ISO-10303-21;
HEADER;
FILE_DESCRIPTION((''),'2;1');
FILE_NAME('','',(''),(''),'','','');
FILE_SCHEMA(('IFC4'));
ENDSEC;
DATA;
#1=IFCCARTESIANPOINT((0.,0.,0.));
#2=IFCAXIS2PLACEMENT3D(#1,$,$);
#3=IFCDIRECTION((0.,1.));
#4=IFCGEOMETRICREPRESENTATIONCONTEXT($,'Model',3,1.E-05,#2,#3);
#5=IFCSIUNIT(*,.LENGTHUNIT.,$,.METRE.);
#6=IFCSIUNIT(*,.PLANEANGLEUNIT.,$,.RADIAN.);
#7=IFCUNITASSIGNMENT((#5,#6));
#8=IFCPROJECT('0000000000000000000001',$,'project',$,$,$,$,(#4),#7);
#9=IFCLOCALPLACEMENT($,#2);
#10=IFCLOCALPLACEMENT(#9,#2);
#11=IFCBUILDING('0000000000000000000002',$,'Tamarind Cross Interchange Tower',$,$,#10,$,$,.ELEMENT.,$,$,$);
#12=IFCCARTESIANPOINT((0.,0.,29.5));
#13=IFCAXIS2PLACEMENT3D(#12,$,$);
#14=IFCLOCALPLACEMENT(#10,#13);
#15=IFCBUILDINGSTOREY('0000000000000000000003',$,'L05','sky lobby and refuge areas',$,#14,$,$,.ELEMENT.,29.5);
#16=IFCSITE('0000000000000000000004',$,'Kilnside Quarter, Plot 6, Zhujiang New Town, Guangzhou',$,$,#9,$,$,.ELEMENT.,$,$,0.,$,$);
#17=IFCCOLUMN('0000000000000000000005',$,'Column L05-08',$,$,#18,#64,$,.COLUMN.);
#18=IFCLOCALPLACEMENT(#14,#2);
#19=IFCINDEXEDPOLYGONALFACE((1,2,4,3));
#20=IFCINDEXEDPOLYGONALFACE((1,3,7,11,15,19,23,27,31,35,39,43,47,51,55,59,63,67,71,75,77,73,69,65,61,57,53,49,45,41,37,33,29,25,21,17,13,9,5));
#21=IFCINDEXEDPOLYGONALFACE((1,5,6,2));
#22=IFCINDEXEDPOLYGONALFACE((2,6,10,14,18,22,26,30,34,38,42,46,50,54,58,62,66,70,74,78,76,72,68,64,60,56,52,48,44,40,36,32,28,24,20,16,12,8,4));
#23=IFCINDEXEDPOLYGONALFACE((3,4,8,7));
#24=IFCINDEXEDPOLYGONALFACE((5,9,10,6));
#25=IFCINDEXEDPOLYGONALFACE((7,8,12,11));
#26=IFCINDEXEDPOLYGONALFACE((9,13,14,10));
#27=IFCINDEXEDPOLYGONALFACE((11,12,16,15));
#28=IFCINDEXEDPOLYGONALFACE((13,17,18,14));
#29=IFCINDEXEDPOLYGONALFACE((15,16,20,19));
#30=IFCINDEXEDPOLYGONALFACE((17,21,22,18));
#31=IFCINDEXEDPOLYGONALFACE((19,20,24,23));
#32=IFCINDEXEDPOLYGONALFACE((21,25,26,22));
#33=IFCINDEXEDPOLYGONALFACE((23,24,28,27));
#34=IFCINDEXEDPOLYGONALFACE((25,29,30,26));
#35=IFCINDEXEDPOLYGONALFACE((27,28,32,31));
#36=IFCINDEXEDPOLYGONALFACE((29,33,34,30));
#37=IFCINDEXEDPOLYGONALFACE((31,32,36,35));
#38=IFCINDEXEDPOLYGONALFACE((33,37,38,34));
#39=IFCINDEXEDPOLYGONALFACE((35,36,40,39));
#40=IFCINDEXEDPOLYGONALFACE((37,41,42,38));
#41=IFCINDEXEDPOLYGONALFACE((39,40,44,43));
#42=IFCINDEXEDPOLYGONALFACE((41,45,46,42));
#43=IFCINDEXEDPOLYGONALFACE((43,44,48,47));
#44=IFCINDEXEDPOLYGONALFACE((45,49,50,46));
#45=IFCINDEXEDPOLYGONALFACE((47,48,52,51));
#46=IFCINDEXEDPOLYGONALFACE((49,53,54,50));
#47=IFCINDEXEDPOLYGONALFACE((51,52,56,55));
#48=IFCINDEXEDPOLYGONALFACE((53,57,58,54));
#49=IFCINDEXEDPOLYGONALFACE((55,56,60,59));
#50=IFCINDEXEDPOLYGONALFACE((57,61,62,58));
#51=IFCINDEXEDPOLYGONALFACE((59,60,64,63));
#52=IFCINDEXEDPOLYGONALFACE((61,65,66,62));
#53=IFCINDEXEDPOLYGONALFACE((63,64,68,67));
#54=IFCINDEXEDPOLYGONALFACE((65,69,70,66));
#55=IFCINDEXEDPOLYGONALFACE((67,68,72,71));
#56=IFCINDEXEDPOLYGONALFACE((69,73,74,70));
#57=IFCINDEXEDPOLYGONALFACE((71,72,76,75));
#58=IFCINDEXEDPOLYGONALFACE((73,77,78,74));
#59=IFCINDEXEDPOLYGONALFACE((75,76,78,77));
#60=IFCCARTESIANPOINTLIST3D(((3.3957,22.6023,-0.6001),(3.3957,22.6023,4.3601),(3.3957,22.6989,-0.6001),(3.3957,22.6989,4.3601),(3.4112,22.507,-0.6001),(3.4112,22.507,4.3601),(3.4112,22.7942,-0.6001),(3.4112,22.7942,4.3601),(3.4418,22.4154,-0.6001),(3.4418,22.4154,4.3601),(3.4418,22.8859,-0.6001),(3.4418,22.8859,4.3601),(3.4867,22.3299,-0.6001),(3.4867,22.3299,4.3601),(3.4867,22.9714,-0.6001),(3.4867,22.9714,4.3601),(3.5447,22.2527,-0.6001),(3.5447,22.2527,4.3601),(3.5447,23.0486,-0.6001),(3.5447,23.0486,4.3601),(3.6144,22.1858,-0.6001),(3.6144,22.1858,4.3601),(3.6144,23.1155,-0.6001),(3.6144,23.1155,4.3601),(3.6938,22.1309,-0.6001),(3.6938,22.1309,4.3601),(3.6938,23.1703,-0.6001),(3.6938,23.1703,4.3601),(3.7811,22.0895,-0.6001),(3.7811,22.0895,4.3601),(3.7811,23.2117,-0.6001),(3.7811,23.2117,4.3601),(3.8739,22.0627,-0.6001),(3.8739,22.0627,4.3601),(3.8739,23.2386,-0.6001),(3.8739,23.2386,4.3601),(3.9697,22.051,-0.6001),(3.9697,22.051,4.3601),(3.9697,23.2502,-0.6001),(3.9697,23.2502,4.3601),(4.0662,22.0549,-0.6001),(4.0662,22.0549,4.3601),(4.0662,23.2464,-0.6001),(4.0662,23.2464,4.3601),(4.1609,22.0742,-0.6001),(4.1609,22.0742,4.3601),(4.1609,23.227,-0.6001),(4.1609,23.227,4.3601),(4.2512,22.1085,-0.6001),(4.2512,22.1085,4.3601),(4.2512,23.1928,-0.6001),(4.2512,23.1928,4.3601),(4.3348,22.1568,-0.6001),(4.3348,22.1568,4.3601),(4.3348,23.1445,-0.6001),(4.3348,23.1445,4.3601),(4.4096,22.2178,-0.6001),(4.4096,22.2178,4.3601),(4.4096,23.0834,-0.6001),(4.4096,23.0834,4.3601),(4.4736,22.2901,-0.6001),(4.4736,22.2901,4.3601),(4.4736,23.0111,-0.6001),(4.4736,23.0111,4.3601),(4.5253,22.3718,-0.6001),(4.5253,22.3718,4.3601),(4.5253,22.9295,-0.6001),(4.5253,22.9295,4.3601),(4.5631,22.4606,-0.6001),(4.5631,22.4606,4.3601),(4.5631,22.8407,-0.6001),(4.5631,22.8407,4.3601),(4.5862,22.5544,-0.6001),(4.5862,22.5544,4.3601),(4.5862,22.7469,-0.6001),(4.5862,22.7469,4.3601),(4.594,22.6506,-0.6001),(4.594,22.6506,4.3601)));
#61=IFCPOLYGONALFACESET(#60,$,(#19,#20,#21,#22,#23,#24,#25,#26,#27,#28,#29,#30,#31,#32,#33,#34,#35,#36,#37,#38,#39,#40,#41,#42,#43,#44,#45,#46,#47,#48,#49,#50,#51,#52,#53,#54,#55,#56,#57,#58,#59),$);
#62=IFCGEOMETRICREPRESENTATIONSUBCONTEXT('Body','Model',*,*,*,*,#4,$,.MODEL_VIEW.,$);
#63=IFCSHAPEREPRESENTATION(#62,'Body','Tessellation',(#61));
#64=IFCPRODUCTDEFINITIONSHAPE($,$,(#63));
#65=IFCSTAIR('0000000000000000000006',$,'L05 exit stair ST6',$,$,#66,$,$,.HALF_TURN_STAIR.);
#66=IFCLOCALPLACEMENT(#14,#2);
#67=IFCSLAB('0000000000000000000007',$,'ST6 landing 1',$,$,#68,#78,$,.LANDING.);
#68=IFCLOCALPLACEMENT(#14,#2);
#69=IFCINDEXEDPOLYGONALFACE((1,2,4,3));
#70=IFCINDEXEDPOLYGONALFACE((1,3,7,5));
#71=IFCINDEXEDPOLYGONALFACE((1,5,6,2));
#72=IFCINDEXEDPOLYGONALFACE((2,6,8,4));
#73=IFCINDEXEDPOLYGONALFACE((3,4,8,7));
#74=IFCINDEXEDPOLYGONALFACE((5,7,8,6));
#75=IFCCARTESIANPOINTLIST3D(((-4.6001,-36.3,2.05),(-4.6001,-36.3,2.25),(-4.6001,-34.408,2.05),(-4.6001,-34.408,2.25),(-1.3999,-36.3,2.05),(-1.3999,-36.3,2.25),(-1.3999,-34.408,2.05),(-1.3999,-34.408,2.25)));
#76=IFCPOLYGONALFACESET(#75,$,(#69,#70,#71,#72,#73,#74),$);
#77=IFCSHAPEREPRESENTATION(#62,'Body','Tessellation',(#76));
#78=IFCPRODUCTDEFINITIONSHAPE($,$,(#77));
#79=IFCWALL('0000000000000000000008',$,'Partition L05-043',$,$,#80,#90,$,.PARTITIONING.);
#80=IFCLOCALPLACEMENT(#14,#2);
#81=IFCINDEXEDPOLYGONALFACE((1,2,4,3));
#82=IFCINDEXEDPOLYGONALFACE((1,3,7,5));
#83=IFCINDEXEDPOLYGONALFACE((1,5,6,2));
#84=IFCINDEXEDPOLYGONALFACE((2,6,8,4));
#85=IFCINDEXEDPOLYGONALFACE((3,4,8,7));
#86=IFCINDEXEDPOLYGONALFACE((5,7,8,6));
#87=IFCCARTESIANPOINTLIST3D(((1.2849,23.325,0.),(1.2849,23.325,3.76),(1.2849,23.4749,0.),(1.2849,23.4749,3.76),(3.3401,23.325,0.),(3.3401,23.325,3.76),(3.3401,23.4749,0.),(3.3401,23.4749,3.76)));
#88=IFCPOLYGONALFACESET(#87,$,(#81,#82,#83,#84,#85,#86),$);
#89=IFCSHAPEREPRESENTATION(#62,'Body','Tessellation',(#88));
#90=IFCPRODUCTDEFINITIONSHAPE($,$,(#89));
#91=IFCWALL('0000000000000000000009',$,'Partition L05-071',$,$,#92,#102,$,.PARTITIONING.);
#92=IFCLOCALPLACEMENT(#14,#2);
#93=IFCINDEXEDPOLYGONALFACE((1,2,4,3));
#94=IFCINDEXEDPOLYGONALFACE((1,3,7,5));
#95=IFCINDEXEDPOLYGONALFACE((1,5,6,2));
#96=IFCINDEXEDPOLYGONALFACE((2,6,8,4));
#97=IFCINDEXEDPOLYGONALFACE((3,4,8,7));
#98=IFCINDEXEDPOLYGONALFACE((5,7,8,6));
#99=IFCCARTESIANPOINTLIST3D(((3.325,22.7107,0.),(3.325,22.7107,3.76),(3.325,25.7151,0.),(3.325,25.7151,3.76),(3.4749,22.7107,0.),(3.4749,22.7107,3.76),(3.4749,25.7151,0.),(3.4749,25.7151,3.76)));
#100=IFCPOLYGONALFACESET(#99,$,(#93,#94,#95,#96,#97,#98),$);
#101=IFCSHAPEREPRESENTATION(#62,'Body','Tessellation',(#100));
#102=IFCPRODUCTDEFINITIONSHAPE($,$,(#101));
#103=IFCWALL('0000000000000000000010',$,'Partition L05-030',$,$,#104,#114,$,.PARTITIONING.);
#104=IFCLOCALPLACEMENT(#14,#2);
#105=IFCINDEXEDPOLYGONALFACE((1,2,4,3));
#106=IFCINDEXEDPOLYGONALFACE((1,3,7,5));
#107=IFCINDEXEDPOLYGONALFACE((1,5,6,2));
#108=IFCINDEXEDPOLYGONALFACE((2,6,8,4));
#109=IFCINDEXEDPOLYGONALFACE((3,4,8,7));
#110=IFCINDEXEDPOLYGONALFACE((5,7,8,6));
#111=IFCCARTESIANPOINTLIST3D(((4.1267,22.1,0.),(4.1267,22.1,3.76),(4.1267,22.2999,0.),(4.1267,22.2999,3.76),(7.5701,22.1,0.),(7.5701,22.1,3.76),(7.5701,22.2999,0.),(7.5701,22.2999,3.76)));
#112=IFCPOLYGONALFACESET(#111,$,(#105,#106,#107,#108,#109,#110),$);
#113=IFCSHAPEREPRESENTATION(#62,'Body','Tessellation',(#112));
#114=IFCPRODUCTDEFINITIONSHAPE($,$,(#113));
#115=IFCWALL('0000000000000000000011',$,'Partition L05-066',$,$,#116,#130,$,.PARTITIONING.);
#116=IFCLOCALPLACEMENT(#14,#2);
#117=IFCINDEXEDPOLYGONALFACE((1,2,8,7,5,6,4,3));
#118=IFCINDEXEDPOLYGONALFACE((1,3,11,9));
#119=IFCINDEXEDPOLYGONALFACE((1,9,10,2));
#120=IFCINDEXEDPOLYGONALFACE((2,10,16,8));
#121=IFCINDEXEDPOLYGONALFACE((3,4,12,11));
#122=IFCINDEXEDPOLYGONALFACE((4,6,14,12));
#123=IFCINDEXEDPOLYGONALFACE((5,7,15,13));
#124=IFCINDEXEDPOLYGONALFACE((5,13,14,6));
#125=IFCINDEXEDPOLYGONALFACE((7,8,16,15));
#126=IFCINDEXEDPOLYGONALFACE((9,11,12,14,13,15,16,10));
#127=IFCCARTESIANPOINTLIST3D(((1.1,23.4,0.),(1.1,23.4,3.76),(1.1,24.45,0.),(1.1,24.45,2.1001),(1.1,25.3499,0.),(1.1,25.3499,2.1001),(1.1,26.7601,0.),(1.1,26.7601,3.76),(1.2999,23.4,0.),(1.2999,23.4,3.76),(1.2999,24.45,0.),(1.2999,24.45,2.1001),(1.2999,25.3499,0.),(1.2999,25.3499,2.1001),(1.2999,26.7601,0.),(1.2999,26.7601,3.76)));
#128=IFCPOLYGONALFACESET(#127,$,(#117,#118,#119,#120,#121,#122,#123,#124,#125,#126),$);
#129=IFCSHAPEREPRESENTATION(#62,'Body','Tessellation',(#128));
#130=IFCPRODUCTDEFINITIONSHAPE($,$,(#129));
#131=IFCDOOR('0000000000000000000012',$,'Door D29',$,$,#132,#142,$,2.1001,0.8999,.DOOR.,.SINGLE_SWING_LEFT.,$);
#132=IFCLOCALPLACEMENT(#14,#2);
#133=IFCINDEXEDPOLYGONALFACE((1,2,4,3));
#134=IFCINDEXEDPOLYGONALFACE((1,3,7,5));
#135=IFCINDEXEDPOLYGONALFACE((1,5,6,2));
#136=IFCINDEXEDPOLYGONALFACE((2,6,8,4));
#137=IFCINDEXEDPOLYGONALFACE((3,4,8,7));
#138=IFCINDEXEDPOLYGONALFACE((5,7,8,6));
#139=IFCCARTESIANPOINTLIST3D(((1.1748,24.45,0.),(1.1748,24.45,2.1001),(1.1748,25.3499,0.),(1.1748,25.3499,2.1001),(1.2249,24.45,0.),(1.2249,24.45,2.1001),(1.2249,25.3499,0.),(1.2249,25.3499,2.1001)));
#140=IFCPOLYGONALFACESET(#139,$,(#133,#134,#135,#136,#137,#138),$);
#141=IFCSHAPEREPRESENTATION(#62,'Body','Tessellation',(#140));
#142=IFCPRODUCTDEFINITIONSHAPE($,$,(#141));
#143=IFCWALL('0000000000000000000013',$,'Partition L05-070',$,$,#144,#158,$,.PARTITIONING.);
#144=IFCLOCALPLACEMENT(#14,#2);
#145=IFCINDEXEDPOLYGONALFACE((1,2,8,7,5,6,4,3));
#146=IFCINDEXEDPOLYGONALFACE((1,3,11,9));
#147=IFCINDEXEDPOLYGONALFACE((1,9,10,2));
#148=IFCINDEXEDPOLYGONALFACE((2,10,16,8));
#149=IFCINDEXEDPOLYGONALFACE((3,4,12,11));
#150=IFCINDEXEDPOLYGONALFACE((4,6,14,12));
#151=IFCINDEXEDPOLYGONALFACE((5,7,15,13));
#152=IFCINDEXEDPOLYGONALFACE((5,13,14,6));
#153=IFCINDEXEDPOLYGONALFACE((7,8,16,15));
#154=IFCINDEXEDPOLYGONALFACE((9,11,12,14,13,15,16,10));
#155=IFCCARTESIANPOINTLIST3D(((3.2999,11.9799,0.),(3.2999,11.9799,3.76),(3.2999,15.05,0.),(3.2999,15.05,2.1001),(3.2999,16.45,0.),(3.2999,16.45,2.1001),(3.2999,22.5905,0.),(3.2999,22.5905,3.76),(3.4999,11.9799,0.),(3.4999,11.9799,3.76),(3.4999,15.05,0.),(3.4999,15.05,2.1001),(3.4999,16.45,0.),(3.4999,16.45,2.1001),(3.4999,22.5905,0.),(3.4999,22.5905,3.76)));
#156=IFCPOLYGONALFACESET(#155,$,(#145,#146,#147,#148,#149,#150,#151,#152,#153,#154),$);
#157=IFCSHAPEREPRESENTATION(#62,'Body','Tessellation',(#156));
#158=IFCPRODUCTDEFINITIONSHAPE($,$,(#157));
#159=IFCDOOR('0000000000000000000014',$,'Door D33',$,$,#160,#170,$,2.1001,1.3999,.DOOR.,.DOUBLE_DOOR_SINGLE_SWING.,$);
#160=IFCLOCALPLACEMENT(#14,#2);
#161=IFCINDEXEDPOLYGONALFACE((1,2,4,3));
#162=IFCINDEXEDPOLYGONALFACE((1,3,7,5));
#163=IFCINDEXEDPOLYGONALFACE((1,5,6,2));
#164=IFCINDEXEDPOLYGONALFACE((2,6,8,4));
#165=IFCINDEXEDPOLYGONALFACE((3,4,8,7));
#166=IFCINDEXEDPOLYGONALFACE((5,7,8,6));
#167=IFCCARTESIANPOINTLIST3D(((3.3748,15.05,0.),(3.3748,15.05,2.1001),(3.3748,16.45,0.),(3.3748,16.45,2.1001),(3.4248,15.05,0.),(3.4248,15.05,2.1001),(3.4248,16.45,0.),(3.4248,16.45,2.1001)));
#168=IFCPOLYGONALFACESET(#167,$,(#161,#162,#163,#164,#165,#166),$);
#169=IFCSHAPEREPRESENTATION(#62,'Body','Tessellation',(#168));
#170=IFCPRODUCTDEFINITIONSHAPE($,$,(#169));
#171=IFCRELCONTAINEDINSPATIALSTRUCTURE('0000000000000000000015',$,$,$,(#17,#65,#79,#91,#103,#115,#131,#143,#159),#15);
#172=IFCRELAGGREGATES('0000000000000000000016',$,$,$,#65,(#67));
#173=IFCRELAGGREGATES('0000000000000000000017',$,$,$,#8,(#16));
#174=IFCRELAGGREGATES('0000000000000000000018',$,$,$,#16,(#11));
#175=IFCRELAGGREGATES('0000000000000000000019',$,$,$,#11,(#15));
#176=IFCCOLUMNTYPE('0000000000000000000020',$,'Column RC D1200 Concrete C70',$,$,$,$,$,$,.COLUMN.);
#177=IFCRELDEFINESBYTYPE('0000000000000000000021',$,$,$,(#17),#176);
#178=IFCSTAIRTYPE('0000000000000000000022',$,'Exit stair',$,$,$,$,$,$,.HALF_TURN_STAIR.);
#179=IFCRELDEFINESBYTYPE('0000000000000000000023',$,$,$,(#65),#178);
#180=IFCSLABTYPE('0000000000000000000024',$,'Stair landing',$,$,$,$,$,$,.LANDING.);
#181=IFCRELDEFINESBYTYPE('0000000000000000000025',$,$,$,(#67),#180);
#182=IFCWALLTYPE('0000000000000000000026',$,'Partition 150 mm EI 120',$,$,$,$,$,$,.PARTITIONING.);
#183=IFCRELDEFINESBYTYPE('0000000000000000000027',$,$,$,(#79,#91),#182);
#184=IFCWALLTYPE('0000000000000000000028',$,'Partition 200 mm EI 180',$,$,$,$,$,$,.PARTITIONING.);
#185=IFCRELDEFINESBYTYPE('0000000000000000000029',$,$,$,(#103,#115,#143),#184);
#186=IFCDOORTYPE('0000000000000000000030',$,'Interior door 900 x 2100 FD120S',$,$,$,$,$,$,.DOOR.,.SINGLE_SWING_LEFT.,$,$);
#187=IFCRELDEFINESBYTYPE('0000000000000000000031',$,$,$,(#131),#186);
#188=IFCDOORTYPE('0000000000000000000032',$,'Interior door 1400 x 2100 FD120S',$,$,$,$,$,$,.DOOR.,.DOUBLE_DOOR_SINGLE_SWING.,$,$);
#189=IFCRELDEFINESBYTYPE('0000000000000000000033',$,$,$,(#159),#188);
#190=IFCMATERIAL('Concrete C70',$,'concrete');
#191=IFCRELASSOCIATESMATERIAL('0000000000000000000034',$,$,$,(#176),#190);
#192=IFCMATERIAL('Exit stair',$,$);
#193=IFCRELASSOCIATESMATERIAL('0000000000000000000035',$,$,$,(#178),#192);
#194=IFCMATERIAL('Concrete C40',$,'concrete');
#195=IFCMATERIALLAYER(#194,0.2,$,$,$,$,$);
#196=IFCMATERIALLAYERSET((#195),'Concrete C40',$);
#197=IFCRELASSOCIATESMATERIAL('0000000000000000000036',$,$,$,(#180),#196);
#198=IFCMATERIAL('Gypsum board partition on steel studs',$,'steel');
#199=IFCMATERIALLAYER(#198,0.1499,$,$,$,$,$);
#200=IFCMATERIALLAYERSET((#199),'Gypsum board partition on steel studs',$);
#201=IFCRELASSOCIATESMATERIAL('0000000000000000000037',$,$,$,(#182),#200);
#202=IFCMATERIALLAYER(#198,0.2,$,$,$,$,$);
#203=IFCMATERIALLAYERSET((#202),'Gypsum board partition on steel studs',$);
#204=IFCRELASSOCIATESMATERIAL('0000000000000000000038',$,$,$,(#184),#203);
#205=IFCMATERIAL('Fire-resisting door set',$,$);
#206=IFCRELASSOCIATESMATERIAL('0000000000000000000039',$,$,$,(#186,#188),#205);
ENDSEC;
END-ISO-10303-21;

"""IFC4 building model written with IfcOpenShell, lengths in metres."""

from ifc_helpers import new_model, si_unit, direction, frame, frame_2d, origin, origin_2d, place, context, subcontext, project, spatial, polyline, rectangle, circle, outline, extrude, material, layer, layer_set, material_profile, profile_set, type_object, element, fill, aggregate, save


model = new_model("IFC4")

# Units and contexts
model_context = context("Model", 3, precision=1e-05, world=origin(), true_north=direction((0.0, 1.0)))
body_context = subcontext(model_context, "Body", "Model", "MODEL_VIEW")
ifc_project = project(units=[si_unit("LENGTHUNIT", "METRE"), si_unit("PLANEANGLEUNIT", "RADIAN")], contexts=[model_context])

# Site, building, storey
site_placement = place(None, origin())
site = spatial("IfcSite", under=ifc_project, at=site_placement, Name="Kilnside Quarter, Plot 6, Zhujiang New Town, Guangzhou", CompositionType="ELEMENT", RefElevation=0.0)
building_placement = place(site_placement, origin())
building = spatial("IfcBuilding", under=site, at=building_placement, Name="Tamarind Cross Interchange Tower", CompositionType="ELEMENT")
storey_placement = place(building_placement, frame((0.0, 0.0, 29.5)))
storey = spatial("IfcBuildingStorey", under=building, at=storey_placement, Name="L05", Description="sky lobby and refuge areas", CompositionType="ELEMENT", Elevation=29.5)

# Column
ifc_material_1 = material(Name="Concrete C70", Category="concrete")
ifc_material_profile = material_profile(ifc_material_1, circle(Radius=0.6001, at=origin_2d()), Name="RC D1200")
ifc_profile_set = profile_set([ifc_material_profile], Name="Concrete C70")
column_type = type_object("IfcColumnType", Name="Column RC D1200 Concrete C70", PredefinedType="COLUMN", material=ifc_profile_set)
column_placement = place(storey_placement, frame((3.9939, 22.6506, -0.6001), z_axis=(0.0, 0.0, 1.0), x_axis=(1.0, 0.0, 0.0)))
element("IfcColumn", 1, at=column_placement, inside=storey, type_object=column_type, Name="Column L05-08", PredefinedType="COLUMN", context=body_context, shape_type="SweptSolid", body=[
    extrude(circle(Radius=0.6001, at=origin_2d()), origin(), (0.0, 0.0, 1.0), 4.9602),
])

# Stair, slab
ifc_material_2 = material(Name="Exit stair")
stair_type = type_object("IfcStairType", Name="Exit stair", PredefinedType="HALF_TURN_STAIR", material=ifc_material_2)
stair_placement = place(storey_placement, origin())
stair = element("IfcStair", 2, at=stair_placement, inside=storey, type_object=stair_type, Name="L05 exit stair ST6", PredefinedType="HALF_TURN_STAIR")
ifc_material_3 = material(Name="Concrete C40", Category="concrete")
ifc_layer_1 = layer(ifc_material_3, 0.2)
ifc_layer_set_1 = layer_set([ifc_layer_1], Name="Concrete C40")
slab_type = type_object("IfcSlabType", Name="Stair landing", PredefinedType="LANDING", material=ifc_layer_set_1)
slab_placement = place(storey_placement, frame((0.0, 0.0, 2.05)))
slab = element("IfcSlab", 3, at=slab_placement, type_object=slab_type, Name="ST6 landing 1", PredefinedType="LANDING", context=body_context, shape_type="SweptSolid", body=[
    extrude(outline(polyline([(-4.6001, -34.408), (-4.6001, -36.3), (-1.3999, -36.3), (-1.3999, -34.408), (-4.6001, -34.408)])), origin(), (0.0, 0.0, 1.0), 0.2),
])
aggregate(stair, [slab])

# Walls
ifc_material_4 = material(Name="Gypsum board partition on steel studs", Category="steel")
ifc_layer_2 = layer(ifc_material_4, 0.1499)
ifc_layer_set_2 = layer_set([ifc_layer_2], Name="Gypsum board partition on steel studs")
wall_type_1 = type_object("IfcWallType", Name="Partition 150 mm EI 120", PredefinedType="PARTITIONING", material=ifc_layer_set_2)
wall_1_placement = place(storey_placement, frame((1.2849, 23.3999, 0.0), z_axis=(0.0, 0.0, 1.0), x_axis=(1.0, 0.0, 0.0)))
element("IfcWall", 4, at=wall_1_placement, inside=storey, type_object=wall_type_1, Name="Partition L05-043", PredefinedType="PARTITIONING", context=body_context, shape_type="SweptSolid", body=[
    extrude(rectangle(XDim=2.0552, YDim=0.1499, at=frame_2d((1.0276, 0.0))), origin(), (0.0, 0.0, 1.0), 3.76),
])
wall_2_placement = place(storey_placement, frame((3.3999, 22.7107, 0.0), z_axis=(0.0, 0.0, 1.0), x_axis=(0.0, 1.0, 0.0)))
element("IfcWall", 5, at=wall_2_placement, inside=storey, type_object=wall_type_1, Name="Partition L05-071", PredefinedType="PARTITIONING", context=body_context, shape_type="SweptSolid", body=[
    extrude(rectangle(XDim=3.0044, YDim=0.1499, at=frame_2d((1.5022, 0.0))), origin(), (0.0, 0.0, 1.0), 3.76),
])
ifc_layer_3 = layer(ifc_material_4, 0.2)
ifc_layer_set_3 = layer_set([ifc_layer_3], Name="Gypsum board partition on steel studs")
wall_type_2 = type_object("IfcWallType", Name="Partition 200 mm EI 180", PredefinedType="PARTITIONING", material=ifc_layer_set_3)
wall_3_placement = place(storey_placement, frame((4.1267, 22.2, 0.0), z_axis=(0.0, 0.0, 1.0), x_axis=(1.0, 0.0, 0.0)))
element("IfcWall", 6, at=wall_3_placement, inside=storey, type_object=wall_type_2, Name="Partition L05-030", PredefinedType="PARTITIONING", context=body_context, shape_type="SweptSolid", body=[
    extrude(rectangle(XDim=3.4434, YDim=0.2, at=frame_2d((1.7217, 0.0))), origin(), (0.0, 0.0, 1.0), 3.76),
])

# Walls, openings, doors
wall_4_placement = place(storey_placement, frame((1.2, 23.3999, 0.0), z_axis=(0.0, 0.0, 1.0), x_axis=(0.0, 1.0, 0.0)))
wall_4 = element("IfcWall", 7, at=wall_4_placement, inside=storey, type_object=wall_type_2, Name="Partition L05-066", PredefinedType="PARTITIONING", context=body_context, shape_type="SweptSolid", body=[
    extrude(rectangle(XDim=3.3601, YDim=0.2, at=frame_2d((1.6802, 0.0))), origin(), (0.0, 0.0, 1.0), 3.76),
])
opening_1_placement = place(wall_4_placement, frame((1.05, 0.0, 0.0)))
opening_1 = element("IfcOpeningElement", 8, at=opening_1_placement, cuts=wall_4, PredefinedType="OPENING", context=body_context, shape_type="SweptSolid", body=[
    extrude(rectangle(XDim=0.8999, YDim=2.1001, at=frame_2d((0.45, 1.05))), frame((0.0, 0.1099, 0.0), z_axis=(0.0, -1.0, 0.0), x_axis=(1.0, 0.0, 0.0)), (0.0, 0.0, 1.0), 0.22),
])
ifc_material_5 = material(Name="Fire-resisting door set")
door_type_1 = type_object("IfcDoorType", Name="Interior door 900 x 2100 FD120S", OperationType="SINGLE_SWING_LEFT", PredefinedType="DOOR", material=ifc_material_5)
door_1_placement = place(opening_1_placement, frame((0.8999, 0.0, 0.0), z_axis=(0.0, 0.0, 1.0), x_axis=(-1.0, 0.0, 0.0)))
door_1 = element("IfcDoor", 9, at=door_1_placement, inside=storey, type_object=door_type_1, Name="Door D29", OperationType="SINGLE_SWING_LEFT", OverallHeight=2.1001, OverallWidth=0.8999, PredefinedType="DOOR", context=body_context, shape_type="SweptSolid", body=[
    extrude(rectangle(XDim=0.8999, YDim=2.1001, at=frame_2d((0.45, 1.05))), frame((0.0, 0.0249, 0.0), z_axis=(0.0, -1.0, 0.0), x_axis=(1.0, 0.0, 0.0)), (0.0, 0.0, 1.0), 0.05),
])
fill(opening_1, door_1)
wall_5_placement = place(storey_placement, frame((3.3999, 11.98, 0.0), z_axis=(0.0, 0.0, 1.0), x_axis=(0.0, 1.0, 0.0)))
wall_5 = element("IfcWall", 10, at=wall_5_placement, inside=storey, type_object=wall_type_2, Name="Partition L05-070", PredefinedType="PARTITIONING", context=body_context, shape_type="SweptSolid", body=[
    extrude(rectangle(XDim=10.6106, YDim=0.2, at=frame_2d((5.3052, 0.0))), origin(), (0.0, 0.0, 1.0), 3.76),
])
opening_2_placement = place(wall_5_placement, frame((3.0701, 0.0, 0.0)))
opening_2 = element("IfcOpeningElement", 11, at=opening_2_placement, cuts=wall_5, PredefinedType="OPENING", context=body_context, shape_type="SweptSolid", body=[
    extrude(rectangle(XDim=1.3999, YDim=2.1001, at=frame_2d((0.7, 1.05))), frame((0.0, 0.1099, 0.0), z_axis=(0.0, -1.0, 0.0), x_axis=(1.0, 0.0, 0.0)), (0.0, 0.0, 1.0), 0.22),
])
door_type_2 = type_object("IfcDoorType", Name="Interior door 1400 x 2100 FD120S", OperationType="DOUBLE_DOOR_SINGLE_SWING", PredefinedType="DOOR", material=ifc_material_5)
door_2_placement = place(opening_2_placement, frame((1.3999, 0.0, 0.0), z_axis=(0.0, 0.0, 1.0), x_axis=(-1.0, 0.0, 0.0)))
door_2 = element("IfcDoor", 12, at=door_2_placement, inside=storey, type_object=door_type_2, Name="Door D33", OperationType="DOUBLE_DOOR_SINGLE_SWING", OverallHeight=2.1001, OverallWidth=1.3999, PredefinedType="DOOR", context=body_context, shape_type="SweptSolid", body=[
    extrude(rectangle(XDim=1.3999, YDim=2.1001, at=frame_2d((0.7, 1.05))), frame((0.0, 0.0249, 0.0), z_axis=(0.0, -1.0, 0.0), x_axis=(1.0, 0.0, 0.0)), (0.0, 0.0, 1.0), 0.05),
])
fill(opening_2, door_2)

save(model, "model.ifc")
